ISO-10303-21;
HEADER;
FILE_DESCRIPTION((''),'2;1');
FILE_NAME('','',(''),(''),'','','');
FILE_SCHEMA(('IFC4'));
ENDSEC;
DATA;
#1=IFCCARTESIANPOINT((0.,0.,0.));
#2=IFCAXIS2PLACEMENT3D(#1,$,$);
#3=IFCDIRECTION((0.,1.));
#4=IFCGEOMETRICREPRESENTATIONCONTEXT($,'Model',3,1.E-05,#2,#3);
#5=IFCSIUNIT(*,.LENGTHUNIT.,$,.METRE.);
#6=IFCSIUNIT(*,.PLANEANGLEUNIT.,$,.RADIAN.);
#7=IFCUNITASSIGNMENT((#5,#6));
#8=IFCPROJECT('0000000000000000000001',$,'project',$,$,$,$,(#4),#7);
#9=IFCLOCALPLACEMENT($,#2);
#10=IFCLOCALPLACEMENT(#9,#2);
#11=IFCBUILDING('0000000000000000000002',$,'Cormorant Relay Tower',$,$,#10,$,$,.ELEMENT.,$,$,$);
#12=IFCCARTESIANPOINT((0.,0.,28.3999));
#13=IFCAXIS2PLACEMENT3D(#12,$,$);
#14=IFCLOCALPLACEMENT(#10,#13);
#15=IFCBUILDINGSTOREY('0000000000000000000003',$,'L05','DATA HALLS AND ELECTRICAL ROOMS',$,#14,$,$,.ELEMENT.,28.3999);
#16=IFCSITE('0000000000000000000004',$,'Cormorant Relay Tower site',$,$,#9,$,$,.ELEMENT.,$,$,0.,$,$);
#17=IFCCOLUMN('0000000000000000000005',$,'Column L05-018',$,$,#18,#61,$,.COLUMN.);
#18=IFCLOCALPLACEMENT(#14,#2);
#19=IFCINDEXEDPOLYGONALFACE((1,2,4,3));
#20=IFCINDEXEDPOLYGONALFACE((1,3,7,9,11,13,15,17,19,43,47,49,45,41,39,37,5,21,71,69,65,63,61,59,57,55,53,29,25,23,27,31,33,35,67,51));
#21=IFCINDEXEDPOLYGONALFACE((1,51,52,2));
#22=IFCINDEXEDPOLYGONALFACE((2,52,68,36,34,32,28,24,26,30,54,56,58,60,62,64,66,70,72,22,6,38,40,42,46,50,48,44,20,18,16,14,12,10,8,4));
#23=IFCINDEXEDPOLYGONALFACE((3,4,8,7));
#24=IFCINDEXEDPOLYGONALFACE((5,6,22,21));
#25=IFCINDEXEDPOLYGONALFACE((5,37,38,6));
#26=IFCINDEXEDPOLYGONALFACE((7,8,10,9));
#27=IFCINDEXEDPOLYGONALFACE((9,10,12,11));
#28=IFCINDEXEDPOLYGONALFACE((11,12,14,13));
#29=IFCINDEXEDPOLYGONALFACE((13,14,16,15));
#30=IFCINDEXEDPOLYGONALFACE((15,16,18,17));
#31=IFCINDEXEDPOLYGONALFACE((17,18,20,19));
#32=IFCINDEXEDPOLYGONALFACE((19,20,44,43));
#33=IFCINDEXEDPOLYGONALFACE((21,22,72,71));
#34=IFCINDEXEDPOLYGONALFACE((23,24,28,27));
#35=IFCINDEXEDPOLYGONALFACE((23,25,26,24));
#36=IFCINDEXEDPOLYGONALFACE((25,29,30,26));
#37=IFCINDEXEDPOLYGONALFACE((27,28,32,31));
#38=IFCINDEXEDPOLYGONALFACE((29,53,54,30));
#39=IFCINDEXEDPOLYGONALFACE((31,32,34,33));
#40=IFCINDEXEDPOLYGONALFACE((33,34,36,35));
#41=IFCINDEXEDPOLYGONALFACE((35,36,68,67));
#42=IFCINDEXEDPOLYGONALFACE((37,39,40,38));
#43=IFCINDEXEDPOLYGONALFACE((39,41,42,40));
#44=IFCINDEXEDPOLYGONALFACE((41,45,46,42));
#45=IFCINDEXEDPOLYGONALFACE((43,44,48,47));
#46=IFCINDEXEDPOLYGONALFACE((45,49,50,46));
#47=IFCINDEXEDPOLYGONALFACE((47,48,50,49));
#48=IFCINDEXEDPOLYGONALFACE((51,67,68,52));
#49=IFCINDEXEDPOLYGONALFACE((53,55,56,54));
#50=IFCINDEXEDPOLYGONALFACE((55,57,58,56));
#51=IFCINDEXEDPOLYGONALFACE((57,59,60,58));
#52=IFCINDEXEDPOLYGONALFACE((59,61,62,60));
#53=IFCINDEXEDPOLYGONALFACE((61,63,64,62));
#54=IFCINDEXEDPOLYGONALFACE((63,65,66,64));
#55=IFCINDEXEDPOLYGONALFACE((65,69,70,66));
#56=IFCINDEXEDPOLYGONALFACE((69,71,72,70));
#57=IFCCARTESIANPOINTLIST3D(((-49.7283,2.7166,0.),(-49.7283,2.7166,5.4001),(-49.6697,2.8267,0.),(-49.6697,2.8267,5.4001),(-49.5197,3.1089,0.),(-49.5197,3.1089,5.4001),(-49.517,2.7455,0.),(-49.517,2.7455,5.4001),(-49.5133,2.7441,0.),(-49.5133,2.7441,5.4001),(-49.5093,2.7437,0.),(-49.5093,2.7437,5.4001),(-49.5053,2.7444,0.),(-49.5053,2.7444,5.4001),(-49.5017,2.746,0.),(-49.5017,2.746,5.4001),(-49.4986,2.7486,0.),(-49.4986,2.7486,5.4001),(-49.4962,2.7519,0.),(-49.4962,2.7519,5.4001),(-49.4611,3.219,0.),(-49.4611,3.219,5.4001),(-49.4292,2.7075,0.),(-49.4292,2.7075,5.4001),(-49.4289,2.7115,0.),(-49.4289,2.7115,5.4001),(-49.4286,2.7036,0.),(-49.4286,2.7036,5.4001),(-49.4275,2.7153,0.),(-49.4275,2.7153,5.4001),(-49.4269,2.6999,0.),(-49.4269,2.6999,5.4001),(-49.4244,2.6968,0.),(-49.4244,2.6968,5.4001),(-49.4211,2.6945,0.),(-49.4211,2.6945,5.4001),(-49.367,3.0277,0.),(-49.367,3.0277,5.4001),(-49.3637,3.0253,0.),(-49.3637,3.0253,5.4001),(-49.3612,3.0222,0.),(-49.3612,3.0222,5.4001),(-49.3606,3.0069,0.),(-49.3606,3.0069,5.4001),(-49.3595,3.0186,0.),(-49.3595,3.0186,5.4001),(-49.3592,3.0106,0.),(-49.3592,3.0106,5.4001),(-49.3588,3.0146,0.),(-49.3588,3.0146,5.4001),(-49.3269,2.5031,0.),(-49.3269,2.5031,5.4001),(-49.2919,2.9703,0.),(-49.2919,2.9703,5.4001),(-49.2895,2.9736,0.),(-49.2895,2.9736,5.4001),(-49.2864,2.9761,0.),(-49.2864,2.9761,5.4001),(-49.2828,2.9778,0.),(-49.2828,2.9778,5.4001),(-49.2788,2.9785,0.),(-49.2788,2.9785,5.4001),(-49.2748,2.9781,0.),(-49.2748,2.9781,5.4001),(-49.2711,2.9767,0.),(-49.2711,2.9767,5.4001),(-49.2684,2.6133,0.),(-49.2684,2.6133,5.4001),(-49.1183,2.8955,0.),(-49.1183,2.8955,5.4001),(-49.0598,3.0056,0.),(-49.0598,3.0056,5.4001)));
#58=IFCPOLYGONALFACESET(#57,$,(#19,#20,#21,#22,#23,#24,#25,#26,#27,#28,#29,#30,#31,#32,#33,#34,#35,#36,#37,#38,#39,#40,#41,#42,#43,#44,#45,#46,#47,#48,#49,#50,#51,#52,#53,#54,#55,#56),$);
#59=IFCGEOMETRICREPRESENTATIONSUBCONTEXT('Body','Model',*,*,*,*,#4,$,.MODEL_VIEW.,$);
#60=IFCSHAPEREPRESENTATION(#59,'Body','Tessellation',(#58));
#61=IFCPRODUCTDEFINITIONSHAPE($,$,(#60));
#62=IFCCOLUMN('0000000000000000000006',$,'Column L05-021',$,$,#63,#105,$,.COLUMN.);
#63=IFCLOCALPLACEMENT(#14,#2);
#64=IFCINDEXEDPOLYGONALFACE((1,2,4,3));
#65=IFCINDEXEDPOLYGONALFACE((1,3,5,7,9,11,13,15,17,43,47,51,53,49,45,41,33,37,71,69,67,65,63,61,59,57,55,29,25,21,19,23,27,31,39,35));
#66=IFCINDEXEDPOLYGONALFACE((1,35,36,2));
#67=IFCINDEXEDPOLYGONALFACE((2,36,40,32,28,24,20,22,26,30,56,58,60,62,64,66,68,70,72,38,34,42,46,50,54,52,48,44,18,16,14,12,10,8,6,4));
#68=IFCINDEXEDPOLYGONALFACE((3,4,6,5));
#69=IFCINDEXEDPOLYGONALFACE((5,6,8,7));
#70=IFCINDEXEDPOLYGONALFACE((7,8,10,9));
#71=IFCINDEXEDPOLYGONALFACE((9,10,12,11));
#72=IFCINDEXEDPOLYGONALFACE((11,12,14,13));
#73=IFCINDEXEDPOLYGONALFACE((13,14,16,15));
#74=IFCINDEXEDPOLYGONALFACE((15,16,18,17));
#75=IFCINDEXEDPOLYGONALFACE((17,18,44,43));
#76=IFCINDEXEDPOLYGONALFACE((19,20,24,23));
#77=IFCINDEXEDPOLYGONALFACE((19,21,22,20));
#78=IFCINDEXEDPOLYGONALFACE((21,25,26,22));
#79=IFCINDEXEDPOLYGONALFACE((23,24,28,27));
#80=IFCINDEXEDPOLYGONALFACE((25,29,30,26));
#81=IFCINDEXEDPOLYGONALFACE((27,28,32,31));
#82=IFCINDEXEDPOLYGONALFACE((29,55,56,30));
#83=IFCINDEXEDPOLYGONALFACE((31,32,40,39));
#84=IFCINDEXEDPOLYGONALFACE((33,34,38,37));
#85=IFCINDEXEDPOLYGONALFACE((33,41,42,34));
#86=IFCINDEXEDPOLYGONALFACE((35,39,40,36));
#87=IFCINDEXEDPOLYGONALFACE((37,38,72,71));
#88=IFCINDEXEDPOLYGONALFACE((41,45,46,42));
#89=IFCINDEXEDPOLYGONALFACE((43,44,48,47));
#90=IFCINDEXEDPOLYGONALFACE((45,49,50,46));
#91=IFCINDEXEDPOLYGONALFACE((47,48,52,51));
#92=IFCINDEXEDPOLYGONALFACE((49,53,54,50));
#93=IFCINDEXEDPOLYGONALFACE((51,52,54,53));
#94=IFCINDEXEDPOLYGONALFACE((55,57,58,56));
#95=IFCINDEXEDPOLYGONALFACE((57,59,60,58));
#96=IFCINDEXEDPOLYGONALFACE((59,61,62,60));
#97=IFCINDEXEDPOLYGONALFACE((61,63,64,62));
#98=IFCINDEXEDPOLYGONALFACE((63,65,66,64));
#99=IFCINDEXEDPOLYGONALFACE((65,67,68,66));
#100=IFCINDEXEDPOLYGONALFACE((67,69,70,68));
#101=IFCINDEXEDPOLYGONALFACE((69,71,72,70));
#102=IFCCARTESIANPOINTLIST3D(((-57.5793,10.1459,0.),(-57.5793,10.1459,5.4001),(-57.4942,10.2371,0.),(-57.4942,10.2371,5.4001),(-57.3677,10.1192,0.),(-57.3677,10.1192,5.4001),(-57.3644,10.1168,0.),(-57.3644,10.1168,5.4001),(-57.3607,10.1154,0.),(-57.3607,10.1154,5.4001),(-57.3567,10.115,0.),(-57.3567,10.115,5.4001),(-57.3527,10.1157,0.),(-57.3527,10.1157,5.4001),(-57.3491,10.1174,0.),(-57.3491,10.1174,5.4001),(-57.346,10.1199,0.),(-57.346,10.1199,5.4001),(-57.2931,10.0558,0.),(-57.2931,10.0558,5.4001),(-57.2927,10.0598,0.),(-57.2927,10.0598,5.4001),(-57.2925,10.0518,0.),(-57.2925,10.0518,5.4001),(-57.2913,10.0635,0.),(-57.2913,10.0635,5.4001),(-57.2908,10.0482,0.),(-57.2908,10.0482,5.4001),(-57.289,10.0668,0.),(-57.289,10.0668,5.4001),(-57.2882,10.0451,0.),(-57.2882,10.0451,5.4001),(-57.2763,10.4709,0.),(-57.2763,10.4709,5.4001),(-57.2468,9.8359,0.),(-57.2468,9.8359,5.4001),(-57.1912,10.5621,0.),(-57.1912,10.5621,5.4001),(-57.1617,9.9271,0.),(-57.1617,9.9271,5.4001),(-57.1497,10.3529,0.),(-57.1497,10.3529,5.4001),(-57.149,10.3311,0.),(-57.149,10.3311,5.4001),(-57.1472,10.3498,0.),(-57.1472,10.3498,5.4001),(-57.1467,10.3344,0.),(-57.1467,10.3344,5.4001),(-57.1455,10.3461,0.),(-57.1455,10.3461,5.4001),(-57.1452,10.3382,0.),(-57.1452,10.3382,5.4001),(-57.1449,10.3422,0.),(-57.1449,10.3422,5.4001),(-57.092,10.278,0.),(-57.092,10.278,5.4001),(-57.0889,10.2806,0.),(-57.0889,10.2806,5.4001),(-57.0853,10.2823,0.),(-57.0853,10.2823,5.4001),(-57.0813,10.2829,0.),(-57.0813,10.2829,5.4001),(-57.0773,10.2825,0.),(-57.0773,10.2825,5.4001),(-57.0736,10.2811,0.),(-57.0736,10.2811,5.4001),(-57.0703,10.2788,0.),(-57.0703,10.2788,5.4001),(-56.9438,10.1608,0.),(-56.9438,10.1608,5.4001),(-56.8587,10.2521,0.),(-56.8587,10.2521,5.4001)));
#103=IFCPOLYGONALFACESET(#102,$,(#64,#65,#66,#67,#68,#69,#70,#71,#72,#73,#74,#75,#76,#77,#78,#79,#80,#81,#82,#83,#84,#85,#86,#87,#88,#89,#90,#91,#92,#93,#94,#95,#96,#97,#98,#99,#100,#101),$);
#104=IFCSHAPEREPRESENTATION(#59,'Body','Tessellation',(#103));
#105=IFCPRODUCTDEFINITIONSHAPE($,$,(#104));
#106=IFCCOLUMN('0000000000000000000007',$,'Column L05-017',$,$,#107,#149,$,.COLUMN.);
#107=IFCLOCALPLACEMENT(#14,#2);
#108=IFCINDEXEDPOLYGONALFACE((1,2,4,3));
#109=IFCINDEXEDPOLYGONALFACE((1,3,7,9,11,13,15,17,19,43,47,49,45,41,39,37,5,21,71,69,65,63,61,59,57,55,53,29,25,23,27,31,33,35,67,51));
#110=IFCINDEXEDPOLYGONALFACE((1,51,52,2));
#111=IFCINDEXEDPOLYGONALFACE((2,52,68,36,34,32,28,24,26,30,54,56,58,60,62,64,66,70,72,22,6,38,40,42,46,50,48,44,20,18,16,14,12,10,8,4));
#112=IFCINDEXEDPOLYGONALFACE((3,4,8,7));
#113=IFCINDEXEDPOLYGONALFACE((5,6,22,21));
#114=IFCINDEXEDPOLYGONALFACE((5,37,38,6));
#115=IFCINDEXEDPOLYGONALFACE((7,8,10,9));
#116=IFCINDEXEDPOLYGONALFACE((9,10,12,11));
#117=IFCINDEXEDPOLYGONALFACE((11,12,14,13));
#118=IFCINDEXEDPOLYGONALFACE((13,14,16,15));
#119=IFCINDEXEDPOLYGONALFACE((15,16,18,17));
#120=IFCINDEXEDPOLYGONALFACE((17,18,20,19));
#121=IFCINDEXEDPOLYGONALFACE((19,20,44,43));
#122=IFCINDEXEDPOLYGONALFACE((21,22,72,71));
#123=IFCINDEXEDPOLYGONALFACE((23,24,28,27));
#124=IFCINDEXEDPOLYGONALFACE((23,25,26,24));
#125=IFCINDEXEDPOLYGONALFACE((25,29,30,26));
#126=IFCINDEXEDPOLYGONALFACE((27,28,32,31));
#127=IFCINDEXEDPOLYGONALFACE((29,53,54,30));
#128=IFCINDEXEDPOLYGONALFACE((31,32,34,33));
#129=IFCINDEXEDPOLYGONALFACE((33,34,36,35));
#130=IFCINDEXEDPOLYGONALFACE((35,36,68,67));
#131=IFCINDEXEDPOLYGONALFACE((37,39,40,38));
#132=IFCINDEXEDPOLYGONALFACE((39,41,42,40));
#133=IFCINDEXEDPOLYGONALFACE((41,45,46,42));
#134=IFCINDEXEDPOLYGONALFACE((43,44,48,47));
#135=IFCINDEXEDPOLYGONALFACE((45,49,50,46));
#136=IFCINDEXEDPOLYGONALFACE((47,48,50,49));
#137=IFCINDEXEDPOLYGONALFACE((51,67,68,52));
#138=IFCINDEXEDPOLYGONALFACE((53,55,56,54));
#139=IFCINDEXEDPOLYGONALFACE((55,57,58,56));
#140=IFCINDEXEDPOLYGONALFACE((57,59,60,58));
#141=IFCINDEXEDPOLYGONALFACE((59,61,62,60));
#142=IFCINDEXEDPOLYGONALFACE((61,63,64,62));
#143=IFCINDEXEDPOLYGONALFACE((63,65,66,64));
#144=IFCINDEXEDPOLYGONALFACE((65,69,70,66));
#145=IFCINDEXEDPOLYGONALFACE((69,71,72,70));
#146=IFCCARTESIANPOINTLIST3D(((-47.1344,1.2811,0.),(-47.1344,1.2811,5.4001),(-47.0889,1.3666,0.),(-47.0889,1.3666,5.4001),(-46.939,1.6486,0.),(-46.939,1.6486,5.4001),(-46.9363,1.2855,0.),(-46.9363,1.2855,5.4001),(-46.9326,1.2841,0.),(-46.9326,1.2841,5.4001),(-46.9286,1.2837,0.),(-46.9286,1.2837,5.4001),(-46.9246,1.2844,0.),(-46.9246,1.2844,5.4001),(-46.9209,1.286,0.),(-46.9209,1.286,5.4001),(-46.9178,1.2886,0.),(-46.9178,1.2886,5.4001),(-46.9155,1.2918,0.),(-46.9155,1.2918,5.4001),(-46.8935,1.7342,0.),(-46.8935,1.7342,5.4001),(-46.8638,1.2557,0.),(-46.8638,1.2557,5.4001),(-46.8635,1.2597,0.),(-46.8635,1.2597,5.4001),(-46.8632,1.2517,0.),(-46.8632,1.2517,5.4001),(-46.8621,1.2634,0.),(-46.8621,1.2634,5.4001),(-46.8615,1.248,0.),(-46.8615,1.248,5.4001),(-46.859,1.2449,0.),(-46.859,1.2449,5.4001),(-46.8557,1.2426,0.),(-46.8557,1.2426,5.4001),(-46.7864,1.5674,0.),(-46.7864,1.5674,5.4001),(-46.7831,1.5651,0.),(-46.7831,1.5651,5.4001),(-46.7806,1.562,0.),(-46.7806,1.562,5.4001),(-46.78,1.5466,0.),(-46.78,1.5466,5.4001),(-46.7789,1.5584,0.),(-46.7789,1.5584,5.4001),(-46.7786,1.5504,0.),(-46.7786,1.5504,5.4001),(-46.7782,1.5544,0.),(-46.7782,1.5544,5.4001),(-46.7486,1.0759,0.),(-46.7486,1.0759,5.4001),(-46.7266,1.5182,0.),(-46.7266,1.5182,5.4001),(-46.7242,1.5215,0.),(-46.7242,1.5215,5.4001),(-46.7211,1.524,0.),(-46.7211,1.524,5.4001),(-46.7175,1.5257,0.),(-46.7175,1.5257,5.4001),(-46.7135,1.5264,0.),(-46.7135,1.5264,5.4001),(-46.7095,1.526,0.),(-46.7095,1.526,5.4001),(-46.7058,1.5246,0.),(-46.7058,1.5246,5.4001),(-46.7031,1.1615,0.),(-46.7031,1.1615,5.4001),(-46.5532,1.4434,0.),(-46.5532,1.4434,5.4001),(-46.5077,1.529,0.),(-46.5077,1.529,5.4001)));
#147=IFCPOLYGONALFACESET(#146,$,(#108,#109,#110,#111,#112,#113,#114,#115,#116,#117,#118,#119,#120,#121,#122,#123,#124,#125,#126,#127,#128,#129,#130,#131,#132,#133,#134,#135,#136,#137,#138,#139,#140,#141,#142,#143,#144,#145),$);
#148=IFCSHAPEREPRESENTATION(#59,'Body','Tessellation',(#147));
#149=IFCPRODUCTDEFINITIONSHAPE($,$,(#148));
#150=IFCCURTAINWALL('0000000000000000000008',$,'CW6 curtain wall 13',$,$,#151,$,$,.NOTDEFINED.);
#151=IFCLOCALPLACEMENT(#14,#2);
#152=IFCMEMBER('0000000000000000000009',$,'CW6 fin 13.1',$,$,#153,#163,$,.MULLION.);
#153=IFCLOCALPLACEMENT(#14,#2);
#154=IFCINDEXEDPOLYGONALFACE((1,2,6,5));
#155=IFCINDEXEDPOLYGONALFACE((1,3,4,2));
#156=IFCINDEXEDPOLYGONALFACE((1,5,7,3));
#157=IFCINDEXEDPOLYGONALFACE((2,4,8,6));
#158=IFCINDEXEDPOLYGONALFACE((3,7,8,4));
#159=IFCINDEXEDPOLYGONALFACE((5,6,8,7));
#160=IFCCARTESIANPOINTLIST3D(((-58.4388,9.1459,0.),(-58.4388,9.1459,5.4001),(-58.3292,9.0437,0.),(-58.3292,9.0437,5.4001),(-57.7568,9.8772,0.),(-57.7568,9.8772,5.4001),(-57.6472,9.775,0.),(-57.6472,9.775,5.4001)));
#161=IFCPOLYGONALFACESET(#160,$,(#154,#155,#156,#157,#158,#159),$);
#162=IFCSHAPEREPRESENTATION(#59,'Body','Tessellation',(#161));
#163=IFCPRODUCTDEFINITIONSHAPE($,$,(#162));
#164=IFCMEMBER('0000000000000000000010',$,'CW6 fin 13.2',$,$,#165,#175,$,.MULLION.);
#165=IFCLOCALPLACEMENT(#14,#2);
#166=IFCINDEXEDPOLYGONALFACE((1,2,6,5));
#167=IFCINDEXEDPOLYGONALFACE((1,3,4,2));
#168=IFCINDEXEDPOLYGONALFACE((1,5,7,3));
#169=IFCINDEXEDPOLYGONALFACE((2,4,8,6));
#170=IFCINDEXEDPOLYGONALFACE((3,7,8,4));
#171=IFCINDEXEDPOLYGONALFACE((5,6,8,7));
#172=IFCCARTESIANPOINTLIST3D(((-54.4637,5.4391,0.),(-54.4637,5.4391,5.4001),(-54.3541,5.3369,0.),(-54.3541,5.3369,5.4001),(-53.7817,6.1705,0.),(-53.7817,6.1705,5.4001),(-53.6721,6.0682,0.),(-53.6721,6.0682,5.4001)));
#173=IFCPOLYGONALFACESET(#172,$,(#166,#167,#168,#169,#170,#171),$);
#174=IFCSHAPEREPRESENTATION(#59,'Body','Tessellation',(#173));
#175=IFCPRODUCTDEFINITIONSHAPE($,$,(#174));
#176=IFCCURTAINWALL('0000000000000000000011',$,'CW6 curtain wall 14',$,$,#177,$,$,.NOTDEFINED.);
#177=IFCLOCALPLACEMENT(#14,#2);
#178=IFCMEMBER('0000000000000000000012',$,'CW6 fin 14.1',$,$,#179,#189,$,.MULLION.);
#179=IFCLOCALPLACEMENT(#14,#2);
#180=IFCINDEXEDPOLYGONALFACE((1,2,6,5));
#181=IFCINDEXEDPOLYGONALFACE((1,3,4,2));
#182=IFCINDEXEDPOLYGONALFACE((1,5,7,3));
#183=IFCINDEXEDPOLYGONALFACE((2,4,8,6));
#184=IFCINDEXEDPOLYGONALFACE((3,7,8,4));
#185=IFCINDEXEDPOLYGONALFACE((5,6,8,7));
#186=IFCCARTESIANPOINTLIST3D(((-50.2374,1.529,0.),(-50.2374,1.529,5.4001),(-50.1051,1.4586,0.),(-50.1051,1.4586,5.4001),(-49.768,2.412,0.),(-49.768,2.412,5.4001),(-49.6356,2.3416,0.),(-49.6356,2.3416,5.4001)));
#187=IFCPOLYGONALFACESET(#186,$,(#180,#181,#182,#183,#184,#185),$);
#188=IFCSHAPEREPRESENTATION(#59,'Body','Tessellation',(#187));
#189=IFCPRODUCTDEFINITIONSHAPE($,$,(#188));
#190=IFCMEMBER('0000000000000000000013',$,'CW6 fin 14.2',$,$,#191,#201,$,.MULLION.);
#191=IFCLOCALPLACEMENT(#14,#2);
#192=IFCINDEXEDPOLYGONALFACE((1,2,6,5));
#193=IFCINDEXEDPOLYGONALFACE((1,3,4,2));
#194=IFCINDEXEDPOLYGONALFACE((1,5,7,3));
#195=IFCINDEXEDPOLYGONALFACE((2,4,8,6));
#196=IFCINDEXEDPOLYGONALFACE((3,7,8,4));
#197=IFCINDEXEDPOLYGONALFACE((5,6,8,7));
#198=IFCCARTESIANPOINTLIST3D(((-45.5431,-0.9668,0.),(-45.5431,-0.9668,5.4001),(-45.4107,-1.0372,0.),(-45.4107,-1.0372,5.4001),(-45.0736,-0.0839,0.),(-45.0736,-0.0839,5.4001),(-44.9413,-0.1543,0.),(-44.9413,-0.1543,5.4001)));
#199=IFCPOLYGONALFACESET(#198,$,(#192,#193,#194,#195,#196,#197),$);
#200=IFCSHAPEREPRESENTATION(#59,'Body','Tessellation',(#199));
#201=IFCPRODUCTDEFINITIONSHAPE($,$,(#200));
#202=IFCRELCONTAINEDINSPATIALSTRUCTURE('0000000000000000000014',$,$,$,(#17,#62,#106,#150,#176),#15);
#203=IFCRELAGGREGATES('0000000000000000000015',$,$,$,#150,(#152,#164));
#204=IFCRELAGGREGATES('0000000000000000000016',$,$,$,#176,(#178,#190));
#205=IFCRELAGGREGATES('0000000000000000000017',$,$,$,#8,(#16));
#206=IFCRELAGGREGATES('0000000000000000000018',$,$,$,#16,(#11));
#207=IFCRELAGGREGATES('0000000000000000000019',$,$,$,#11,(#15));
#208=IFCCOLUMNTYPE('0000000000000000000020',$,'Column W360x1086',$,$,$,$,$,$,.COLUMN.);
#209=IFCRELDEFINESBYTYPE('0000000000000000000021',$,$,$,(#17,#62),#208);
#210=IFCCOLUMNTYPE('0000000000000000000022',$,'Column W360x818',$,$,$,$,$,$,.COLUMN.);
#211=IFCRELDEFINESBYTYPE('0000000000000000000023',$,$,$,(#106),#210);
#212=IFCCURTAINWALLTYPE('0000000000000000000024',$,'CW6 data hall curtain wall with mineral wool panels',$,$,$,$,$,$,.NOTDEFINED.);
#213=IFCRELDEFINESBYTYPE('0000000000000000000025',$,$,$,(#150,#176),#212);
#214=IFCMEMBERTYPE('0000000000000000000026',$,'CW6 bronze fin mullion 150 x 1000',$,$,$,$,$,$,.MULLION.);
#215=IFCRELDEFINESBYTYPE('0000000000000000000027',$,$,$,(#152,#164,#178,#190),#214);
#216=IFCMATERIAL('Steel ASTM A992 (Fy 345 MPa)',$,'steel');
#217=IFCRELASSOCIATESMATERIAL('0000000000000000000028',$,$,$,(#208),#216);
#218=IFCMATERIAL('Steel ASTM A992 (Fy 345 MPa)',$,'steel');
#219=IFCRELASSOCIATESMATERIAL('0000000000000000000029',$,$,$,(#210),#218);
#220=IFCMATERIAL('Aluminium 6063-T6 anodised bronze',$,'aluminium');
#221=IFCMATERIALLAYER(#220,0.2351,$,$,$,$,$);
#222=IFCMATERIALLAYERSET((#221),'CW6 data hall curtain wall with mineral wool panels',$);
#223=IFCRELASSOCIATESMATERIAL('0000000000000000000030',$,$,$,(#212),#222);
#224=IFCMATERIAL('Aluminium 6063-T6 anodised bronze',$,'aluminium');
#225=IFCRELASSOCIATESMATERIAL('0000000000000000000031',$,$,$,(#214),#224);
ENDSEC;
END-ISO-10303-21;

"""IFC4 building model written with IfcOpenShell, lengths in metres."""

from ifc_helpers import new_model, si_unit, direction, frame, origin, origin_2d, place, context, subcontext, project, spatial, rectangle, i_section, extrude, material, layer, layer_set, material_profile, profile_set, type_object, element, aggregate, save


model = new_model("IFC4")

# Units and contexts
model_context = context("Model", 3, precision=1e-05, world=origin(), true_north=direction((0.0, 1.0)))
body_context = subcontext(model_context, "Body", "Model", "MODEL_VIEW")
ifc_project = project(units=[si_unit("LENGTHUNIT", "METRE"), si_unit("PLANEANGLEUNIT", "RADIAN")], contexts=[model_context])

# Site, building, storey
site_placement = place(None, origin())
site = spatial("IfcSite", under=ifc_project, at=site_placement, Name="Cormorant Relay Tower site", CompositionType="ELEMENT", RefElevation=0.0)
building_placement = place(site_placement, origin())
building = spatial("IfcBuilding", under=site, at=building_placement, Name="Cormorant Relay Tower", CompositionType="ELEMENT")
storey_placement = place(building_placement, frame((0.0, 0.0, 28.3999)))
storey = spatial("IfcBuildingStorey", under=building, at=storey_placement, Name="L05", Description="DATA HALLS AND ELECTRICAL ROOMS", CompositionType="ELEMENT", Elevation=28.3999)

# Columns
ifc_material_1 = material(Name="Steel ASTM A992 (Fy 345 MPa)", Category="steel")
ifc_material_profile_1 = material_profile(ifc_material_1, i_section(OverallWidth=0.4546, OverallDepth=0.5691, WebThickness=0.0779, FlangeThickness=0.1248, FilletRadius=0.0154, at=origin_2d()), Name="W360x1086")
ifc_profile_set_1 = profile_set([ifc_material_profile_1], Name="Steel ASTM A992 (Fy 345 MPa)")
column_type_1 = type_object("IfcColumnType", Name="Column W360x1086", PredefinedType="COLUMN", material=ifc_profile_set_1)
for number, where, z_axis, x_axis, name in (
    (1, (-49.394, 2.8611, 0.0), (0.0, 0.0, 1.0), (0.882948, -0.469472, 0.0), "Column L05-018"),
    (2, (-57.219, 10.199, 0.0), (0.0, 0.0, 1.0), (0.731354, -0.681998, 0.0), "Column L05-021"),
):
    element("IfcColumn", number, at=place(storey_placement, frame(where, z_axis=z_axis, x_axis=x_axis)), inside=storey, type_object=column_type_1, Name=name, PredefinedType="COLUMN", context=body_context, shape_type="SweptSolid", body=[
        extrude(i_section(OverallWidth=0.4546, OverallDepth=0.5691, WebThickness=0.0779, FlangeThickness=0.1248, FilletRadius=0.0154, at=origin_2d()), origin(), (0.0, 0.0, 1.0), 5.4001),
    ])
ifc_material_2 = material(Name="Steel ASTM A992 (Fy 345 MPa)", Category="steel")
ifc_material_profile_2 = material_profile(ifc_material_2, i_section(OverallWidth=0.437, OverallDepth=0.5132, WebThickness=0.0605, FlangeThickness=0.0969, FilletRadius=0.0154, at=origin_2d()), Name="W360x818")
ifc_profile_set_2 = profile_set([ifc_material_profile_2], Name="Steel ASTM A992 (Fy 345 MPa)")
column_type_2 = type_object("IfcColumnType", Name="Column W360x818", PredefinedType="COLUMN", material=ifc_profile_set_2)
column_placement = place(storey_placement, frame((-46.821, 1.405, 0.0), z_axis=(0.0, 0.0, 1.0), x_axis=(0.882948, -0.469472, 0.0)))
element("IfcColumn", 3, at=column_placement, inside=storey, type_object=column_type_2, Name="Column L05-017", PredefinedType="COLUMN", context=body_context, shape_type="SweptSolid", body=[
    extrude(i_section(OverallWidth=0.437, OverallDepth=0.5132, WebThickness=0.0605, FlangeThickness=0.0969, FilletRadius=0.0154, at=origin_2d()), origin(), (0.0, 0.0, 1.0), 5.4001),
])

# Curtain walls, members
ifc_material_3 = material(Name="Aluminium 6063-T6 anodised bronze", Category="aluminium")
ifc_layer_1 = layer(ifc_material_3, 0.2351)
ifc_layer_set_1 = layer_set([ifc_layer_1], Name="CW6 data hall curtain wall with mineral wool panels")
curtain_wall_type = type_object("IfcCurtainWallType", Name="CW6 data hall curtain wall with mineral wool panels", PredefinedType="NOTDEFINED", material=ifc_layer_set_1)
curtain_wall_1_placement = place(storey_placement, origin())
curtain_wall_1 = element("IfcCurtainWall", 4, at=curtain_wall_1_placement, inside=storey, type_object=curtain_wall_type, Name="CW6 curtain wall 13", PredefinedType="NOTDEFINED")
ifc_material_4 = material(Name="Aluminium 6063-T6 anodised bronze", Category="aluminium")
ifc_material_profile_3 = material_profile(ifc_material_4, rectangle(XDim=0.1499, YDim=1.0, at=origin_2d()), Name="AL 150x1000")
ifc_profile_set_3 = profile_set([ifc_material_profile_3], Name="Aluminium 6063-T6 anodised bronze")
member_type_1 = type_object("IfcMemberType", Name="CW6 bronze fin mullion 150 x 1000", PredefinedType="MULLION", material=ifc_profile_set_3)
member_1_placement = place(storey_placement, frame((-58.043, 9.4604, 0.0), z_axis=(0.0, 0.0, 1.0), x_axis=(0.731354, -0.681998, 0.0)))
member_1 = element("IfcMember", 5, at=member_1_placement, type_object=member_type_1, Name="CW6 fin 13.1", PredefinedType="MULLION", context=body_context, shape_type="SweptSolid", body=[
    extrude(rectangle(XDim=0.1499, YDim=1.0, at=origin_2d()), origin(), (0.0, 0.0, 1.0), 5.4001),
])
member_2_placement = place(storey_placement, frame((-54.0679, 5.7537, 0.0), z_axis=(0.0, 0.0, 1.0), x_axis=(0.731354, -0.681998, 0.0)))
member_2 = element("IfcMember", 6, at=member_2_placement, type_object=member_type_1, Name="CW6 fin 13.2", PredefinedType="MULLION", context=body_context, shape_type="SweptSolid", body=[
    extrude(rectangle(XDim=0.1499, YDim=1.0, at=origin_2d()), origin(), (0.0, 0.0, 1.0), 5.4001),
])
curtain_wall_2_placement = place(storey_placement, origin())
curtain_wall_2 = element("IfcCurtainWall", 7, at=curtain_wall_2_placement, inside=storey, type_object=curtain_wall_type, Name="CW6 curtain wall 14", PredefinedType="NOTDEFINED")
member_3_placement = place(storey_placement, frame((-49.9365, 1.9353, 0.0), z_axis=(0.0, 0.0, 1.0), x_axis=(0.882948, -0.469472, 0.0)))
member_3 = element("IfcMember", 8, at=member_3_placement, type_object=member_type_1, Name="CW6 fin 14.1", PredefinedType="MULLION", context=body_context, shape_type="SweptSolid", body=[
    extrude(rectangle(XDim=0.1499, YDim=1.0, at=origin_2d()), origin(), (0.0, 0.0, 1.0), 5.4001),
])
member_4_placement = place(storey_placement, frame((-45.2422, -0.5605, 0.0), z_axis=(0.0, 0.0, 1.0), x_axis=(0.882948, -0.469472, 0.0)))
member_4 = element("IfcMember", 9, at=member_4_placement, type_object=member_type_1, Name="CW6 fin 14.2", PredefinedType="MULLION", context=body_context, shape_type="SweptSolid", body=[
    extrude(rectangle(XDim=0.1499, YDim=1.0, at=origin_2d()), origin(), (0.0, 0.0, 1.0), 5.4001),
])

aggregate(curtain_wall_1, [member_1, member_2])
aggregate(curtain_wall_2, [member_3, member_4])

save(model, "model.ifc")
